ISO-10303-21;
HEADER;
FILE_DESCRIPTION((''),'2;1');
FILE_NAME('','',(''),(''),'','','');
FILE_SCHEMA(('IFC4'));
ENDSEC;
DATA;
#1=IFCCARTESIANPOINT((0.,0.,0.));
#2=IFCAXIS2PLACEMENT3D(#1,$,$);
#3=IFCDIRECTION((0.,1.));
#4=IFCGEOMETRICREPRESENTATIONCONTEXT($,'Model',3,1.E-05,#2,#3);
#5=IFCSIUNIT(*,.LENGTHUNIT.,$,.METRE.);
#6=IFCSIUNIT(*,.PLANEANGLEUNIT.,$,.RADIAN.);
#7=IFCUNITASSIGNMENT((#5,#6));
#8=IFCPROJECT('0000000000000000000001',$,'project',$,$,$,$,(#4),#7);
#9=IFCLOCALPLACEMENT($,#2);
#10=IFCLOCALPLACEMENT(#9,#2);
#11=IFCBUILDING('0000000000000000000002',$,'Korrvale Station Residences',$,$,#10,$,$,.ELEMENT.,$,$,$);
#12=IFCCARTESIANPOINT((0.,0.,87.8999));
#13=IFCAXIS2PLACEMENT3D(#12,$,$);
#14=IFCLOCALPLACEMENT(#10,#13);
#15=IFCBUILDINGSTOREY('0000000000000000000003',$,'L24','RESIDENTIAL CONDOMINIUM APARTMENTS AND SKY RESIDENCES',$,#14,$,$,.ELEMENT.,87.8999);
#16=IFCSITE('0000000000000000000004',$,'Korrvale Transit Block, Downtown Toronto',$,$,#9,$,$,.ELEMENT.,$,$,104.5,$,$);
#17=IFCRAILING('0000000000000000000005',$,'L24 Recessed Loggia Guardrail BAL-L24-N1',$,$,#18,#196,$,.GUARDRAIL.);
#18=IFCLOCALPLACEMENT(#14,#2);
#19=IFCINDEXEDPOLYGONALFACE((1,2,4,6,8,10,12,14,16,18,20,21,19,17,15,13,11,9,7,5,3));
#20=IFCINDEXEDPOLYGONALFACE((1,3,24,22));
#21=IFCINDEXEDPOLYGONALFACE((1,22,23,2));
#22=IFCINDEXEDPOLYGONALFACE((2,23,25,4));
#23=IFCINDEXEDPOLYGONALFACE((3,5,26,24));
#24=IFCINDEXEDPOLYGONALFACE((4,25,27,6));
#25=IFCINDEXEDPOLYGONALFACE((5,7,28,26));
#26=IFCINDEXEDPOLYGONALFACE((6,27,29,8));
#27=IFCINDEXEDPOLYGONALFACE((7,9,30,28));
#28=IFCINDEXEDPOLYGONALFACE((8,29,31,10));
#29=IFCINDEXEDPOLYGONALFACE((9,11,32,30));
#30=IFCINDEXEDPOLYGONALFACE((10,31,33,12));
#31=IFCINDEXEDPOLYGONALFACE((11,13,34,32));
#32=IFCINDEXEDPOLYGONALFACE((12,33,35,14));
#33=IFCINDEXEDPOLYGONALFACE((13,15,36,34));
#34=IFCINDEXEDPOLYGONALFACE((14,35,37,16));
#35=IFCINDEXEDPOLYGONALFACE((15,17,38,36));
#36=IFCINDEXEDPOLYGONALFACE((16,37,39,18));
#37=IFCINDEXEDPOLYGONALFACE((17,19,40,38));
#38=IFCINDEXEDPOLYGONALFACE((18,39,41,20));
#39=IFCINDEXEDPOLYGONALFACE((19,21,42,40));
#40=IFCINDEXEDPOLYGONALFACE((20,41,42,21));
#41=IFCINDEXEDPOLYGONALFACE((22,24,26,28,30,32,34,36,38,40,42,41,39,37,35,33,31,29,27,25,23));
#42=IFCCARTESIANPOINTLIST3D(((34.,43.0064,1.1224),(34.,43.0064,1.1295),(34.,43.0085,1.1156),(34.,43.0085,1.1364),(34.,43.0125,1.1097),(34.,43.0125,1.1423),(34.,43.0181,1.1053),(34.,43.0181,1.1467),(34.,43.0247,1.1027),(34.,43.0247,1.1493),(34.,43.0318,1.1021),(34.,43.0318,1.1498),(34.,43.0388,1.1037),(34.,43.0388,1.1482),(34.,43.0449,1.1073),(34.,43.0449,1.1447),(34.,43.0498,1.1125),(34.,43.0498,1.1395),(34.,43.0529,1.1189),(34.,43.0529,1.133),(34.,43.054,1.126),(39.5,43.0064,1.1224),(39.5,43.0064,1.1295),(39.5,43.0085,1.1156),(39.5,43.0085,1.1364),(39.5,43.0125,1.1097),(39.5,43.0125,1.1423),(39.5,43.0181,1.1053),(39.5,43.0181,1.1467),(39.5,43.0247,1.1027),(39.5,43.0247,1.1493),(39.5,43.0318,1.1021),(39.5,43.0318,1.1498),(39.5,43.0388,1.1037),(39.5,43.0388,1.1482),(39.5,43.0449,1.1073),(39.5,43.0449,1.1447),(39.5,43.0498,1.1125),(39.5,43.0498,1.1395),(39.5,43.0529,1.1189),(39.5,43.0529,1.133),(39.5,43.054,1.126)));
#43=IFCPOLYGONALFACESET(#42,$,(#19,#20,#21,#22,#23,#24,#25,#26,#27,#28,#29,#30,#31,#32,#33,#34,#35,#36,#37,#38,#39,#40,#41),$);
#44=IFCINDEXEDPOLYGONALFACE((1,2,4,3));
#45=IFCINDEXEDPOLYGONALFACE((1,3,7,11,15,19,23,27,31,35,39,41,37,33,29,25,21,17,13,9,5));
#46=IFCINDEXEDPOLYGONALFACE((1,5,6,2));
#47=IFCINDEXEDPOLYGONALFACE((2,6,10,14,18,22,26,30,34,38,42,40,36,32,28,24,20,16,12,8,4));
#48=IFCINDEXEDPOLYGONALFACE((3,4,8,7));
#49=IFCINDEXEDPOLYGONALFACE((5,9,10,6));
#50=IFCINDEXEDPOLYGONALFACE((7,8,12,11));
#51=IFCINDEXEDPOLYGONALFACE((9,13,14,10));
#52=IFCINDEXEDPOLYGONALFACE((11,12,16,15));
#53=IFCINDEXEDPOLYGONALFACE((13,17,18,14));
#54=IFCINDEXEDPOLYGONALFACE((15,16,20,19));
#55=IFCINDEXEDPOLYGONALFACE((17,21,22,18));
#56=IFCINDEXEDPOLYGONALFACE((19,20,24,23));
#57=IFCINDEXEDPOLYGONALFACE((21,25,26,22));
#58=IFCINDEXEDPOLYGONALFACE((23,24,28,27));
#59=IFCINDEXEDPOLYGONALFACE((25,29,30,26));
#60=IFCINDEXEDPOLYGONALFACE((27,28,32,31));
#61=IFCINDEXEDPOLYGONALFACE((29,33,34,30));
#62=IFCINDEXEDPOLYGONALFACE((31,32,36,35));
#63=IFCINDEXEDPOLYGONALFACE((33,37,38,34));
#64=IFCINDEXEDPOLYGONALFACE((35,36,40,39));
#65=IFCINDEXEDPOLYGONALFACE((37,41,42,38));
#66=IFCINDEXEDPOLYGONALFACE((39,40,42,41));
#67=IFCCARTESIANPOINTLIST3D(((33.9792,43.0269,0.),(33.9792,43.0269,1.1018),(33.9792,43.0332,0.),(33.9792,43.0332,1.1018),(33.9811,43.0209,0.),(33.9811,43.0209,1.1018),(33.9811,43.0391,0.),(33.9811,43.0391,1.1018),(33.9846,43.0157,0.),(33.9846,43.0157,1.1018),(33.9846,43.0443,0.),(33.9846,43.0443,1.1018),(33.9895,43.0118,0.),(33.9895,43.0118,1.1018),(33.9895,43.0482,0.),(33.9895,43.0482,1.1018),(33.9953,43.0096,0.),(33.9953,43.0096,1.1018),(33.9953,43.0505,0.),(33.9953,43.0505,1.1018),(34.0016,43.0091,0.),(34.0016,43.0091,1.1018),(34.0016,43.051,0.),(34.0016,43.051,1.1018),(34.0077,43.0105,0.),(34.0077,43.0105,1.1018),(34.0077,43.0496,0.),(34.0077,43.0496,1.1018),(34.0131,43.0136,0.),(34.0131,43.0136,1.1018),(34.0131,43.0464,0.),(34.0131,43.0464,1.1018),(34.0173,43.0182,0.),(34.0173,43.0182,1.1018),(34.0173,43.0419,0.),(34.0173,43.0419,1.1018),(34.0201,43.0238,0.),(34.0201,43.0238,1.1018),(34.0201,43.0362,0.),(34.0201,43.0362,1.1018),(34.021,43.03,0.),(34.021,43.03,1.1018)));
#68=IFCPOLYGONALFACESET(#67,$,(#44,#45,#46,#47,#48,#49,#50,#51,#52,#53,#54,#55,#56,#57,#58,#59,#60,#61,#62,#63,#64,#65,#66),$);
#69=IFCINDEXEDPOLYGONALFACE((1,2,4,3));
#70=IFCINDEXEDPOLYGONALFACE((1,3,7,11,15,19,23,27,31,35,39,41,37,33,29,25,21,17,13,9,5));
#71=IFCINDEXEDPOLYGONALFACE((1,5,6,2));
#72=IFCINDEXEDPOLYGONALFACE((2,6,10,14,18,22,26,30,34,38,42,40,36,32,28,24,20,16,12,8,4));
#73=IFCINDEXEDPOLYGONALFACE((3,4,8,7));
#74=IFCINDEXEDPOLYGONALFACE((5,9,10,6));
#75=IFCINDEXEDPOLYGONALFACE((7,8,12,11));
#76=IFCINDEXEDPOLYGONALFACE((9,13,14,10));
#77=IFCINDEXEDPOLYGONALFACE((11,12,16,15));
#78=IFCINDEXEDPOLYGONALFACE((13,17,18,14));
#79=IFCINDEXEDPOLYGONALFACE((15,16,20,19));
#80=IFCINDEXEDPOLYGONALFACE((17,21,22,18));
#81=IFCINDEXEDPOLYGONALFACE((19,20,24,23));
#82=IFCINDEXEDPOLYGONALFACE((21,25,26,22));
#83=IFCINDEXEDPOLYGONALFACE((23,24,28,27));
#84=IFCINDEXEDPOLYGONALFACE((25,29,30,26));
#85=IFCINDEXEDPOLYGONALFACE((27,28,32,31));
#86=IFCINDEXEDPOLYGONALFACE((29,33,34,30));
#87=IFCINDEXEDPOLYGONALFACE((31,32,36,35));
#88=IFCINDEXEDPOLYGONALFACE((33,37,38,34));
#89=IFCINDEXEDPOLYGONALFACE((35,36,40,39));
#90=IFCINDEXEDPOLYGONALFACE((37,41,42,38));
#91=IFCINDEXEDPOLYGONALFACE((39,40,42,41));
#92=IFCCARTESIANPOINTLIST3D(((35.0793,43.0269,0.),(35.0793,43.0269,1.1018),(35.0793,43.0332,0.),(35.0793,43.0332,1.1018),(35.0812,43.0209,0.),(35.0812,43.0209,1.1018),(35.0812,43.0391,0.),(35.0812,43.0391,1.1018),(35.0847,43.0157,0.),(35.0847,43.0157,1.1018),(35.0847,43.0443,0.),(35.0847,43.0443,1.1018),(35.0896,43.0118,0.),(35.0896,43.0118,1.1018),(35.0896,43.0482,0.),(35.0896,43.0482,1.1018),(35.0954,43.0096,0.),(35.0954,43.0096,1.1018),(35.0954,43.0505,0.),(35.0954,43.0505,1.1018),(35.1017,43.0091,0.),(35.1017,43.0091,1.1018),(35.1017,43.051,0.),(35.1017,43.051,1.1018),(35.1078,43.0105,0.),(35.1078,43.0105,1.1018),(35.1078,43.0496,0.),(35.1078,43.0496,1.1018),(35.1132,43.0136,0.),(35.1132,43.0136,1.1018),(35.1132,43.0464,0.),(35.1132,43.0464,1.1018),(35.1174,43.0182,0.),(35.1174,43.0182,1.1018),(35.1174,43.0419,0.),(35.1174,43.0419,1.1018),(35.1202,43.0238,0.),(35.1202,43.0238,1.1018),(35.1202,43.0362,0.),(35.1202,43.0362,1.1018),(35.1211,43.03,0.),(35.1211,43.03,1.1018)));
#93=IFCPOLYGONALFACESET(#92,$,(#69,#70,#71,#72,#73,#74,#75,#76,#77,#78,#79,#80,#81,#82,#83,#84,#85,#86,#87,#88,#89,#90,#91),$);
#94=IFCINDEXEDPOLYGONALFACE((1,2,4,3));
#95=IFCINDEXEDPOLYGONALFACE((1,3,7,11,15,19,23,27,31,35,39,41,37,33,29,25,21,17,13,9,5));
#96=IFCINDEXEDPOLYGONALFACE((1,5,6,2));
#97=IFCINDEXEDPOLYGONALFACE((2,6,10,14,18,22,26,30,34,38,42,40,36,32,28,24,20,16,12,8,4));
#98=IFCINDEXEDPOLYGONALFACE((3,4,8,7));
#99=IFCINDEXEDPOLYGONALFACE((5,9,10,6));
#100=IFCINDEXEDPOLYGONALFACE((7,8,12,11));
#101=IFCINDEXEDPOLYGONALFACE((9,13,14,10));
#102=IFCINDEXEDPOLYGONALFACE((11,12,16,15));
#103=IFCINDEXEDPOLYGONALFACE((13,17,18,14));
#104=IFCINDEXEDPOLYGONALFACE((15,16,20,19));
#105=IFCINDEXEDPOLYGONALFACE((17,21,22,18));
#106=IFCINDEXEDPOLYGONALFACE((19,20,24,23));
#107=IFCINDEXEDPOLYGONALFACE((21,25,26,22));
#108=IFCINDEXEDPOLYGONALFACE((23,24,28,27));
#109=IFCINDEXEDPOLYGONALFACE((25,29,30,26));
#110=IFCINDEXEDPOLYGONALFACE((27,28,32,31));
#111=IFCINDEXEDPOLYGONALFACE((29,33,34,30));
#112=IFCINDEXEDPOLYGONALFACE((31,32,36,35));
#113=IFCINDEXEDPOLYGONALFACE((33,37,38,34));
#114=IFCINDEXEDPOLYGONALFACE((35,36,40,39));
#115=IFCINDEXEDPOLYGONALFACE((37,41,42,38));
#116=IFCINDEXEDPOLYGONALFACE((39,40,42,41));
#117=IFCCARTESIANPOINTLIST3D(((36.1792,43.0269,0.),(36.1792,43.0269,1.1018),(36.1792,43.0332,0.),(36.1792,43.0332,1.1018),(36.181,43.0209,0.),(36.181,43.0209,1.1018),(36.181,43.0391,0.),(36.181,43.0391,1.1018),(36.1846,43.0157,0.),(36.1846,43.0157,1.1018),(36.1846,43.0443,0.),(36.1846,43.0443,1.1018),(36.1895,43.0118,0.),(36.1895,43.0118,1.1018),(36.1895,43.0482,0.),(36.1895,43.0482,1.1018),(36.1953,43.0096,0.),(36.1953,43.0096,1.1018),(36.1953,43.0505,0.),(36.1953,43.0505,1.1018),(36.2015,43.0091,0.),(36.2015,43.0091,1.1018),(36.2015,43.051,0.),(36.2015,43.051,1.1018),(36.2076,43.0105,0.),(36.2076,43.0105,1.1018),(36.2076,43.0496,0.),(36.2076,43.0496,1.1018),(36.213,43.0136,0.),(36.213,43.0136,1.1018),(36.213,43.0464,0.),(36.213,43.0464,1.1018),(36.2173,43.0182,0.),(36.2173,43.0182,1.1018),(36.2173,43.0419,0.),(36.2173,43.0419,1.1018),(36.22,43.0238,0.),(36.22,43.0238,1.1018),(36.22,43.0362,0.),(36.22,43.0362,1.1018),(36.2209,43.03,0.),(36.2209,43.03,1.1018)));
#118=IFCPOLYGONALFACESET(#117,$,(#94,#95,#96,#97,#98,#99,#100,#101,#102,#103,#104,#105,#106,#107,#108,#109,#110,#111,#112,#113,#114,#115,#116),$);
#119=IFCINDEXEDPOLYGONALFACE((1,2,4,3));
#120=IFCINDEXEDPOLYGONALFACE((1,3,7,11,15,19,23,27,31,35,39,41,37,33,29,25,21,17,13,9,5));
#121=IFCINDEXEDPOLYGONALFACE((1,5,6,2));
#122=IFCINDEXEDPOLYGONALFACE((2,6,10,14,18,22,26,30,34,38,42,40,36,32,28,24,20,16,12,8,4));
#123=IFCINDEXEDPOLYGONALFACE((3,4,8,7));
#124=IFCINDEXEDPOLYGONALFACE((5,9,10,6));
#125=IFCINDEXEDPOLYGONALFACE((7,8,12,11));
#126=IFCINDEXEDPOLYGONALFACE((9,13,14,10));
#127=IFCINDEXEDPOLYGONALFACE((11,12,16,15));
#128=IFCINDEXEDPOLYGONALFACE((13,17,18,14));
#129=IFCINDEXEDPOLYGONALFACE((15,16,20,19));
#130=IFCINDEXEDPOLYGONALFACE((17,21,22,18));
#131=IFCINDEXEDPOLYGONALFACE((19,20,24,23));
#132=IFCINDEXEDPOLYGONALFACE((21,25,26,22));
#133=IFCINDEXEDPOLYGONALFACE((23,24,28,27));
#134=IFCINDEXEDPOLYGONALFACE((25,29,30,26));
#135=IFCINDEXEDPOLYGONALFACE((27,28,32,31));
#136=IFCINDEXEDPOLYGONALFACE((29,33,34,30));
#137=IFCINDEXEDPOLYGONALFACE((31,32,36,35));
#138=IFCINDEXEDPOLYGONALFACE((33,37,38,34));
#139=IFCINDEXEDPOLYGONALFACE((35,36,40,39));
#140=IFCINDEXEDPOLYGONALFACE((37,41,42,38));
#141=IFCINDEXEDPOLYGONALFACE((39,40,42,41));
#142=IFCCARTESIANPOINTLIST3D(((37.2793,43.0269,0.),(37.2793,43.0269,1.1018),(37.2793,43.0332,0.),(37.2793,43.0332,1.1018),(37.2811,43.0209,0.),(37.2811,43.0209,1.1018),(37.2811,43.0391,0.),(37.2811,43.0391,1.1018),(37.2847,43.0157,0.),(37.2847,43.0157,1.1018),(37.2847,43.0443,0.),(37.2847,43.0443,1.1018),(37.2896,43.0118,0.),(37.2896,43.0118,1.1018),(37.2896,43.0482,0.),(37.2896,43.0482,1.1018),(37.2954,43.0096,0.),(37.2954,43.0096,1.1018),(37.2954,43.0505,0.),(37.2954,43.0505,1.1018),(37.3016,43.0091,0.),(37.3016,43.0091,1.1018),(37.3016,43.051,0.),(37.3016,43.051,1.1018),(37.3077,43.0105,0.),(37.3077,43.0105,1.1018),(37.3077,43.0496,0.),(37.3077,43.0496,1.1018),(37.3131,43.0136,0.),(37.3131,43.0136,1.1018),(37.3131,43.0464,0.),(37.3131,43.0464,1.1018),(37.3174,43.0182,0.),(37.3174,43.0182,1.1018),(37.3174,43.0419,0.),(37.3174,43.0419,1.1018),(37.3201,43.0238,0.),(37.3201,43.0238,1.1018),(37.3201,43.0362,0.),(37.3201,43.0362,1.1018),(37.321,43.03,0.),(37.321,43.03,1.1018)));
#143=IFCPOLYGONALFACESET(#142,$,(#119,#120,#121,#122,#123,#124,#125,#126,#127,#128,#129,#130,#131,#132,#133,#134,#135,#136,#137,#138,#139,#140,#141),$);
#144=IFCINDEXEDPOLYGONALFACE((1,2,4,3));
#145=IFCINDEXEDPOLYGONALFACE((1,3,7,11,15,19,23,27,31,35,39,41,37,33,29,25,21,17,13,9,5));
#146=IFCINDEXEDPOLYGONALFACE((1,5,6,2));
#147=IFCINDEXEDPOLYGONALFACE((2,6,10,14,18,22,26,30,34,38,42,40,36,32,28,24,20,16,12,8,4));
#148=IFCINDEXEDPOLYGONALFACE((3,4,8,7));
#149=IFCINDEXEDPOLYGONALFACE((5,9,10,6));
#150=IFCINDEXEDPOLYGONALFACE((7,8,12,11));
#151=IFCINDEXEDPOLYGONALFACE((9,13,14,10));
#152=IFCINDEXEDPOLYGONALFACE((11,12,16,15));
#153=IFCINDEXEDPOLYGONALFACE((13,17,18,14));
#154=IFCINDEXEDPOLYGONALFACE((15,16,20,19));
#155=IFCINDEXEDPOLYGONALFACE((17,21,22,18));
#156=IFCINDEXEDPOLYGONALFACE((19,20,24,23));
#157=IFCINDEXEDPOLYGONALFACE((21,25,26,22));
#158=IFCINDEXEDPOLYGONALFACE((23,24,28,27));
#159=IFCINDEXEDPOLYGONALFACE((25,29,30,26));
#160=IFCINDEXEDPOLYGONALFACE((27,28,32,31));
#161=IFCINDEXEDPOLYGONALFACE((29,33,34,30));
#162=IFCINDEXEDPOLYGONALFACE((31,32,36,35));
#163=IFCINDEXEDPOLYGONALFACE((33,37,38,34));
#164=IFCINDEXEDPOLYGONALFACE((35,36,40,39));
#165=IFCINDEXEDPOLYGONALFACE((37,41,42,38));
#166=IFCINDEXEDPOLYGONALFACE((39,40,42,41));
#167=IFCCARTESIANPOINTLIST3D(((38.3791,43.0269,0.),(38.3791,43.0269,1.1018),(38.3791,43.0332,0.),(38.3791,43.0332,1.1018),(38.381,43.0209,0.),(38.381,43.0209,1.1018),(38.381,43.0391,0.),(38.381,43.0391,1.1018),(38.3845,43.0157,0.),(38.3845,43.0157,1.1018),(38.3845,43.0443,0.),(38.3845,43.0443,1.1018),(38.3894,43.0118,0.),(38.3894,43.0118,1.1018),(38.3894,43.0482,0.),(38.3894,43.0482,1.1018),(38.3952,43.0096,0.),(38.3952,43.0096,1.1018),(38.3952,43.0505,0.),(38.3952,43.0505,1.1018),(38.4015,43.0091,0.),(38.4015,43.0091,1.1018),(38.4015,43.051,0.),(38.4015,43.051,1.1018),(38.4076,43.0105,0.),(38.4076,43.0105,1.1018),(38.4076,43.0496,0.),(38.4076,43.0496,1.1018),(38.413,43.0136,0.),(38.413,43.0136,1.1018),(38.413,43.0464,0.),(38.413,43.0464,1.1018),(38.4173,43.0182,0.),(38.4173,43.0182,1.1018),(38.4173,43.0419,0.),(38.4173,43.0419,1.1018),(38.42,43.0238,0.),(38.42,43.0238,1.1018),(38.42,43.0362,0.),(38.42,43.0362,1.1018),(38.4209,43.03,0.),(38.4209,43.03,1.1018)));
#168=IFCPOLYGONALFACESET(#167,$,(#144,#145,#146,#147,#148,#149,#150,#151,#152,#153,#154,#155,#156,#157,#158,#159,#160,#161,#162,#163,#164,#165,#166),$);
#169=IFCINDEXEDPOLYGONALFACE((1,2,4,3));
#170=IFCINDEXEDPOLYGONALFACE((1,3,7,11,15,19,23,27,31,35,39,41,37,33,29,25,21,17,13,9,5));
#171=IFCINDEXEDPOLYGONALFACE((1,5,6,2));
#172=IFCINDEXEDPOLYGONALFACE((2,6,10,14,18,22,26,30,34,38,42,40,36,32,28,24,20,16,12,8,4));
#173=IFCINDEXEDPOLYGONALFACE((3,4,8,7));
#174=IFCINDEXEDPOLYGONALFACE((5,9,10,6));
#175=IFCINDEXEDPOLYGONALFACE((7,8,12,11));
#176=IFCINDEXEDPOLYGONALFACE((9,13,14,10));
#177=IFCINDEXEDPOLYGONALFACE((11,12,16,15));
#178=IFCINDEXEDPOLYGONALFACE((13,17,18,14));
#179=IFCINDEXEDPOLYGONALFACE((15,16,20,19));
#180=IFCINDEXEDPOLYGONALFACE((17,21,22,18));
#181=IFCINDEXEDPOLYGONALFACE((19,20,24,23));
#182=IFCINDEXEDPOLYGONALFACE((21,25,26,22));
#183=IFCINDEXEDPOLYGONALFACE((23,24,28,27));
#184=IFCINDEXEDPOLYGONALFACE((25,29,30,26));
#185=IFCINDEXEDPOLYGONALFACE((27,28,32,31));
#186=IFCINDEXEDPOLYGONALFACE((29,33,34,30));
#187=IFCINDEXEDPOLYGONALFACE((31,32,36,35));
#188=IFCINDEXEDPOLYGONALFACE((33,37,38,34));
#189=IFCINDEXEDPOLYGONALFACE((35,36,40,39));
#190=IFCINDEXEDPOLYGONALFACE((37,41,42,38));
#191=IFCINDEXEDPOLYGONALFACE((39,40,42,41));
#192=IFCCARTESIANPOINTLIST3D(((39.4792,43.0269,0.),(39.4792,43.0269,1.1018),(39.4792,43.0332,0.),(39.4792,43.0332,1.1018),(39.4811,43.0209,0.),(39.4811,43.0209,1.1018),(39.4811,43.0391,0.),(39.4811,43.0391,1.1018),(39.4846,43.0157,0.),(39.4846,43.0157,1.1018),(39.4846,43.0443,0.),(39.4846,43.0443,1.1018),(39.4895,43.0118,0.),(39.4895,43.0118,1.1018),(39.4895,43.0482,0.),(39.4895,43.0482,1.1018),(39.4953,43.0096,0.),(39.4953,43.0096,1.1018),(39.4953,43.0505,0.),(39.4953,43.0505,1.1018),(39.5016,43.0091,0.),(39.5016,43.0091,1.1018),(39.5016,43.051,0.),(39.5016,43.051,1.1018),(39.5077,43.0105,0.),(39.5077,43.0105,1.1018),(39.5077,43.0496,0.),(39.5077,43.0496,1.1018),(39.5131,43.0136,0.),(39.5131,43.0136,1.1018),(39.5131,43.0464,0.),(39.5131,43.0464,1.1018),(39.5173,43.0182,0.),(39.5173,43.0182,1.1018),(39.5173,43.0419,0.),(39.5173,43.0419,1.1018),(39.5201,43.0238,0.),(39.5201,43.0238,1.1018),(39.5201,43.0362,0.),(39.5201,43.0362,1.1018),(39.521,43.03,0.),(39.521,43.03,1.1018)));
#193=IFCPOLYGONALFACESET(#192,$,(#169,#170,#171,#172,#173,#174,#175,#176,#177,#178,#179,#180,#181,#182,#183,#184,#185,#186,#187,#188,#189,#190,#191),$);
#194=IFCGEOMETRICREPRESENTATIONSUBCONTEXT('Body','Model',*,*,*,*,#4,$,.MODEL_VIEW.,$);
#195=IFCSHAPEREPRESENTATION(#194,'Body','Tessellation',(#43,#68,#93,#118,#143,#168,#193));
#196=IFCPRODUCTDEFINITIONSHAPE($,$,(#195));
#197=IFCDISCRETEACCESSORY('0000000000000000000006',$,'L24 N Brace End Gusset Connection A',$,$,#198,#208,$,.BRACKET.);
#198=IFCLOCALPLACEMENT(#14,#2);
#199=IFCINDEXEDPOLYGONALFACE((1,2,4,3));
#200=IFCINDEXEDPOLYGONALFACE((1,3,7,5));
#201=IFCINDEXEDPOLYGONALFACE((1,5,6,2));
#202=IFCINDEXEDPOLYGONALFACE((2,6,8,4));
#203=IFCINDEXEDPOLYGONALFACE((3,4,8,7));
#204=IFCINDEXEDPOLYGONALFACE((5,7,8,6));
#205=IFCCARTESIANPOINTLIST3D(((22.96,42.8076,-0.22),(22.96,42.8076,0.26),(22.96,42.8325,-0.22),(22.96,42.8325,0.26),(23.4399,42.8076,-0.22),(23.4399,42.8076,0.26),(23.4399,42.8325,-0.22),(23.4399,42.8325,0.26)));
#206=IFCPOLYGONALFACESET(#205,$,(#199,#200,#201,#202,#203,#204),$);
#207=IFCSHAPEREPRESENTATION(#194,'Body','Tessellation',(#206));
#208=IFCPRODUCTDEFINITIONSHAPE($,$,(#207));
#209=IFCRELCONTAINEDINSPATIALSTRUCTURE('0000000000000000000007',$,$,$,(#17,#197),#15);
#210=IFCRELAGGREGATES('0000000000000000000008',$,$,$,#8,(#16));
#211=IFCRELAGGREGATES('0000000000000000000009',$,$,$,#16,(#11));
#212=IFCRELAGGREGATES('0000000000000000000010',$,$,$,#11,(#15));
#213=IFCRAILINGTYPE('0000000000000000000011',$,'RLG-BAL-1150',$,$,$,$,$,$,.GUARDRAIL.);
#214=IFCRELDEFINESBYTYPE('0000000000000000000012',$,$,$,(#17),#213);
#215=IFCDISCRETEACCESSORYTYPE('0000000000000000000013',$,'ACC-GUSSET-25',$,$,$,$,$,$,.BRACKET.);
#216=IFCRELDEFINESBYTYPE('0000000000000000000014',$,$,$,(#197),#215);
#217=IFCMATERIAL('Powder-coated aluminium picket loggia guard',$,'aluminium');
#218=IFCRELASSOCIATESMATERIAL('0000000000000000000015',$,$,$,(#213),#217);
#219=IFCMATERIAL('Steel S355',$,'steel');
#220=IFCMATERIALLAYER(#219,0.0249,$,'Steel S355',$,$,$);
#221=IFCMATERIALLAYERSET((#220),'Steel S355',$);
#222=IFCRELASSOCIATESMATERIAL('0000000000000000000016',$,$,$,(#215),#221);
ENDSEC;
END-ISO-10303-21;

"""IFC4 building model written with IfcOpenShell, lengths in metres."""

from ifc_helpers import new_model, si_unit, direction, frame, origin, origin_2d, place, context, subcontext, project, spatial, rectangle, circle, extrude, material, layer, layer_set, type_object, element, save


model = new_model("IFC4")

# Units and contexts
model_context = context("Model", 3, precision=1e-05, world=origin(), true_north=direction((0.0, 1.0)))
body_context = subcontext(model_context, "Body", "Model", "MODEL_VIEW")
ifc_project = project(units=[si_unit("LENGTHUNIT", "METRE"), si_unit("PLANEANGLEUNIT", "RADIAN")], contexts=[model_context])

# Site, building, storey
site_placement = place(None, origin())
site = spatial("IfcSite", under=ifc_project, at=site_placement, Name="Korrvale Transit Block, Downtown Toronto", CompositionType="ELEMENT", RefElevation=104.5)
building_placement = place(site_placement, origin())
building = spatial("IfcBuilding", under=site, at=building_placement, Name="Korrvale Station Residences", CompositionType="ELEMENT")
storey_placement = place(building_placement, frame((0.0, 0.0, 87.8999)))
storey = spatial("IfcBuildingStorey", under=building, at=storey_placement, Name="L24", Description="RESIDENTIAL CONDOMINIUM APARTMENTS AND SKY RESIDENCES", CompositionType="ELEMENT", Elevation=87.8999)

# Shared definitions
ifc_material_1 = material(Name="Steel S355", Category="steel")

# Railing
ifc_material_2 = material(Name="Powder-coated aluminium picket loggia guard", Category="aluminium")
railing_type = type_object("IfcRailingType", Name="RLG-BAL-1150", PredefinedType="GUARDRAIL", material=ifc_material_2)
railing_placement = place(storey_placement, frame((34.0, 43.03, 0.0)))
element("IfcRailing", 1, at=railing_placement, inside=storey, type_object=railing_type, Name="L24 Recessed Loggia Guardrail BAL-L24-N1", PredefinedType="GUARDRAIL", context=body_context, shape_type="SweptSolid", body=[
    extrude(circle(Radius=0.0239, at=origin_2d()), frame((0.0, 0.0, 1.126), z_axis=(1.0, 0.0, 0.0), x_axis=(0.0, 1.0, 0.0)), (0.0, 0.0, 1.0), 5.5),
    extrude(circle(Radius=0.021, at=origin_2d()), origin(), (0.0, 0.0, 1.0), 1.1018),
    extrude(circle(Radius=0.021, at=origin_2d()), frame((1.1001, 0.0, 0.0)), (0.0, 0.0, 1.0), 1.1018),
    extrude(circle(Radius=0.021, at=origin_2d()), frame((2.2, 0.0, 0.0)), (0.0, 0.0, 1.0), 1.1018),
    extrude(circle(Radius=0.021, at=origin_2d()), frame((3.3, 0.0, 0.0)), (0.0, 0.0, 1.0), 1.1018),
    extrude(circle(Radius=0.021, at=origin_2d()), frame((4.3999, 0.0, 0.0)), (0.0, 0.0, 1.0), 1.1018),
    extrude(circle(Radius=0.021, at=origin_2d()), frame((5.5, 0.0, 0.0)), (0.0, 0.0, 1.0), 1.1018),
])

# Discrete accessory
ifc_layer_1 = layer(ifc_material_1, 0.0249, Name="Steel S355")
ifc_layer_set_1 = layer_set([ifc_layer_1], Name="Steel S355")
discrete_accessory_type = type_object("IfcDiscreteAccessoryType", Name="ACC-GUSSET-25", PredefinedType="BRACKET", material=ifc_layer_set_1)
for number, where, z_axis, x_axis, name in (
    (2, (23.2, 42.8201, -0.22), (0.0, 0.0, 1.0), (1.0, 0.0, 0.0), "L24 N Brace End Gusset Connection A"),
):
    element("IfcDiscreteAccessory", number, at=place(storey_placement, frame(where, z_axis=z_axis, x_axis=x_axis)), inside=storey, type_object=discrete_accessory_type, Name=name, PredefinedType="BRACKET", context=body_context, shape_type="SweptSolid", body=[
        extrude(rectangle(XDim=0.48, YDim=0.0249, at=origin_2d()), origin(), (0.0, 0.0, 1.0), 0.48),
    ])

save(model, "model.ifc")
